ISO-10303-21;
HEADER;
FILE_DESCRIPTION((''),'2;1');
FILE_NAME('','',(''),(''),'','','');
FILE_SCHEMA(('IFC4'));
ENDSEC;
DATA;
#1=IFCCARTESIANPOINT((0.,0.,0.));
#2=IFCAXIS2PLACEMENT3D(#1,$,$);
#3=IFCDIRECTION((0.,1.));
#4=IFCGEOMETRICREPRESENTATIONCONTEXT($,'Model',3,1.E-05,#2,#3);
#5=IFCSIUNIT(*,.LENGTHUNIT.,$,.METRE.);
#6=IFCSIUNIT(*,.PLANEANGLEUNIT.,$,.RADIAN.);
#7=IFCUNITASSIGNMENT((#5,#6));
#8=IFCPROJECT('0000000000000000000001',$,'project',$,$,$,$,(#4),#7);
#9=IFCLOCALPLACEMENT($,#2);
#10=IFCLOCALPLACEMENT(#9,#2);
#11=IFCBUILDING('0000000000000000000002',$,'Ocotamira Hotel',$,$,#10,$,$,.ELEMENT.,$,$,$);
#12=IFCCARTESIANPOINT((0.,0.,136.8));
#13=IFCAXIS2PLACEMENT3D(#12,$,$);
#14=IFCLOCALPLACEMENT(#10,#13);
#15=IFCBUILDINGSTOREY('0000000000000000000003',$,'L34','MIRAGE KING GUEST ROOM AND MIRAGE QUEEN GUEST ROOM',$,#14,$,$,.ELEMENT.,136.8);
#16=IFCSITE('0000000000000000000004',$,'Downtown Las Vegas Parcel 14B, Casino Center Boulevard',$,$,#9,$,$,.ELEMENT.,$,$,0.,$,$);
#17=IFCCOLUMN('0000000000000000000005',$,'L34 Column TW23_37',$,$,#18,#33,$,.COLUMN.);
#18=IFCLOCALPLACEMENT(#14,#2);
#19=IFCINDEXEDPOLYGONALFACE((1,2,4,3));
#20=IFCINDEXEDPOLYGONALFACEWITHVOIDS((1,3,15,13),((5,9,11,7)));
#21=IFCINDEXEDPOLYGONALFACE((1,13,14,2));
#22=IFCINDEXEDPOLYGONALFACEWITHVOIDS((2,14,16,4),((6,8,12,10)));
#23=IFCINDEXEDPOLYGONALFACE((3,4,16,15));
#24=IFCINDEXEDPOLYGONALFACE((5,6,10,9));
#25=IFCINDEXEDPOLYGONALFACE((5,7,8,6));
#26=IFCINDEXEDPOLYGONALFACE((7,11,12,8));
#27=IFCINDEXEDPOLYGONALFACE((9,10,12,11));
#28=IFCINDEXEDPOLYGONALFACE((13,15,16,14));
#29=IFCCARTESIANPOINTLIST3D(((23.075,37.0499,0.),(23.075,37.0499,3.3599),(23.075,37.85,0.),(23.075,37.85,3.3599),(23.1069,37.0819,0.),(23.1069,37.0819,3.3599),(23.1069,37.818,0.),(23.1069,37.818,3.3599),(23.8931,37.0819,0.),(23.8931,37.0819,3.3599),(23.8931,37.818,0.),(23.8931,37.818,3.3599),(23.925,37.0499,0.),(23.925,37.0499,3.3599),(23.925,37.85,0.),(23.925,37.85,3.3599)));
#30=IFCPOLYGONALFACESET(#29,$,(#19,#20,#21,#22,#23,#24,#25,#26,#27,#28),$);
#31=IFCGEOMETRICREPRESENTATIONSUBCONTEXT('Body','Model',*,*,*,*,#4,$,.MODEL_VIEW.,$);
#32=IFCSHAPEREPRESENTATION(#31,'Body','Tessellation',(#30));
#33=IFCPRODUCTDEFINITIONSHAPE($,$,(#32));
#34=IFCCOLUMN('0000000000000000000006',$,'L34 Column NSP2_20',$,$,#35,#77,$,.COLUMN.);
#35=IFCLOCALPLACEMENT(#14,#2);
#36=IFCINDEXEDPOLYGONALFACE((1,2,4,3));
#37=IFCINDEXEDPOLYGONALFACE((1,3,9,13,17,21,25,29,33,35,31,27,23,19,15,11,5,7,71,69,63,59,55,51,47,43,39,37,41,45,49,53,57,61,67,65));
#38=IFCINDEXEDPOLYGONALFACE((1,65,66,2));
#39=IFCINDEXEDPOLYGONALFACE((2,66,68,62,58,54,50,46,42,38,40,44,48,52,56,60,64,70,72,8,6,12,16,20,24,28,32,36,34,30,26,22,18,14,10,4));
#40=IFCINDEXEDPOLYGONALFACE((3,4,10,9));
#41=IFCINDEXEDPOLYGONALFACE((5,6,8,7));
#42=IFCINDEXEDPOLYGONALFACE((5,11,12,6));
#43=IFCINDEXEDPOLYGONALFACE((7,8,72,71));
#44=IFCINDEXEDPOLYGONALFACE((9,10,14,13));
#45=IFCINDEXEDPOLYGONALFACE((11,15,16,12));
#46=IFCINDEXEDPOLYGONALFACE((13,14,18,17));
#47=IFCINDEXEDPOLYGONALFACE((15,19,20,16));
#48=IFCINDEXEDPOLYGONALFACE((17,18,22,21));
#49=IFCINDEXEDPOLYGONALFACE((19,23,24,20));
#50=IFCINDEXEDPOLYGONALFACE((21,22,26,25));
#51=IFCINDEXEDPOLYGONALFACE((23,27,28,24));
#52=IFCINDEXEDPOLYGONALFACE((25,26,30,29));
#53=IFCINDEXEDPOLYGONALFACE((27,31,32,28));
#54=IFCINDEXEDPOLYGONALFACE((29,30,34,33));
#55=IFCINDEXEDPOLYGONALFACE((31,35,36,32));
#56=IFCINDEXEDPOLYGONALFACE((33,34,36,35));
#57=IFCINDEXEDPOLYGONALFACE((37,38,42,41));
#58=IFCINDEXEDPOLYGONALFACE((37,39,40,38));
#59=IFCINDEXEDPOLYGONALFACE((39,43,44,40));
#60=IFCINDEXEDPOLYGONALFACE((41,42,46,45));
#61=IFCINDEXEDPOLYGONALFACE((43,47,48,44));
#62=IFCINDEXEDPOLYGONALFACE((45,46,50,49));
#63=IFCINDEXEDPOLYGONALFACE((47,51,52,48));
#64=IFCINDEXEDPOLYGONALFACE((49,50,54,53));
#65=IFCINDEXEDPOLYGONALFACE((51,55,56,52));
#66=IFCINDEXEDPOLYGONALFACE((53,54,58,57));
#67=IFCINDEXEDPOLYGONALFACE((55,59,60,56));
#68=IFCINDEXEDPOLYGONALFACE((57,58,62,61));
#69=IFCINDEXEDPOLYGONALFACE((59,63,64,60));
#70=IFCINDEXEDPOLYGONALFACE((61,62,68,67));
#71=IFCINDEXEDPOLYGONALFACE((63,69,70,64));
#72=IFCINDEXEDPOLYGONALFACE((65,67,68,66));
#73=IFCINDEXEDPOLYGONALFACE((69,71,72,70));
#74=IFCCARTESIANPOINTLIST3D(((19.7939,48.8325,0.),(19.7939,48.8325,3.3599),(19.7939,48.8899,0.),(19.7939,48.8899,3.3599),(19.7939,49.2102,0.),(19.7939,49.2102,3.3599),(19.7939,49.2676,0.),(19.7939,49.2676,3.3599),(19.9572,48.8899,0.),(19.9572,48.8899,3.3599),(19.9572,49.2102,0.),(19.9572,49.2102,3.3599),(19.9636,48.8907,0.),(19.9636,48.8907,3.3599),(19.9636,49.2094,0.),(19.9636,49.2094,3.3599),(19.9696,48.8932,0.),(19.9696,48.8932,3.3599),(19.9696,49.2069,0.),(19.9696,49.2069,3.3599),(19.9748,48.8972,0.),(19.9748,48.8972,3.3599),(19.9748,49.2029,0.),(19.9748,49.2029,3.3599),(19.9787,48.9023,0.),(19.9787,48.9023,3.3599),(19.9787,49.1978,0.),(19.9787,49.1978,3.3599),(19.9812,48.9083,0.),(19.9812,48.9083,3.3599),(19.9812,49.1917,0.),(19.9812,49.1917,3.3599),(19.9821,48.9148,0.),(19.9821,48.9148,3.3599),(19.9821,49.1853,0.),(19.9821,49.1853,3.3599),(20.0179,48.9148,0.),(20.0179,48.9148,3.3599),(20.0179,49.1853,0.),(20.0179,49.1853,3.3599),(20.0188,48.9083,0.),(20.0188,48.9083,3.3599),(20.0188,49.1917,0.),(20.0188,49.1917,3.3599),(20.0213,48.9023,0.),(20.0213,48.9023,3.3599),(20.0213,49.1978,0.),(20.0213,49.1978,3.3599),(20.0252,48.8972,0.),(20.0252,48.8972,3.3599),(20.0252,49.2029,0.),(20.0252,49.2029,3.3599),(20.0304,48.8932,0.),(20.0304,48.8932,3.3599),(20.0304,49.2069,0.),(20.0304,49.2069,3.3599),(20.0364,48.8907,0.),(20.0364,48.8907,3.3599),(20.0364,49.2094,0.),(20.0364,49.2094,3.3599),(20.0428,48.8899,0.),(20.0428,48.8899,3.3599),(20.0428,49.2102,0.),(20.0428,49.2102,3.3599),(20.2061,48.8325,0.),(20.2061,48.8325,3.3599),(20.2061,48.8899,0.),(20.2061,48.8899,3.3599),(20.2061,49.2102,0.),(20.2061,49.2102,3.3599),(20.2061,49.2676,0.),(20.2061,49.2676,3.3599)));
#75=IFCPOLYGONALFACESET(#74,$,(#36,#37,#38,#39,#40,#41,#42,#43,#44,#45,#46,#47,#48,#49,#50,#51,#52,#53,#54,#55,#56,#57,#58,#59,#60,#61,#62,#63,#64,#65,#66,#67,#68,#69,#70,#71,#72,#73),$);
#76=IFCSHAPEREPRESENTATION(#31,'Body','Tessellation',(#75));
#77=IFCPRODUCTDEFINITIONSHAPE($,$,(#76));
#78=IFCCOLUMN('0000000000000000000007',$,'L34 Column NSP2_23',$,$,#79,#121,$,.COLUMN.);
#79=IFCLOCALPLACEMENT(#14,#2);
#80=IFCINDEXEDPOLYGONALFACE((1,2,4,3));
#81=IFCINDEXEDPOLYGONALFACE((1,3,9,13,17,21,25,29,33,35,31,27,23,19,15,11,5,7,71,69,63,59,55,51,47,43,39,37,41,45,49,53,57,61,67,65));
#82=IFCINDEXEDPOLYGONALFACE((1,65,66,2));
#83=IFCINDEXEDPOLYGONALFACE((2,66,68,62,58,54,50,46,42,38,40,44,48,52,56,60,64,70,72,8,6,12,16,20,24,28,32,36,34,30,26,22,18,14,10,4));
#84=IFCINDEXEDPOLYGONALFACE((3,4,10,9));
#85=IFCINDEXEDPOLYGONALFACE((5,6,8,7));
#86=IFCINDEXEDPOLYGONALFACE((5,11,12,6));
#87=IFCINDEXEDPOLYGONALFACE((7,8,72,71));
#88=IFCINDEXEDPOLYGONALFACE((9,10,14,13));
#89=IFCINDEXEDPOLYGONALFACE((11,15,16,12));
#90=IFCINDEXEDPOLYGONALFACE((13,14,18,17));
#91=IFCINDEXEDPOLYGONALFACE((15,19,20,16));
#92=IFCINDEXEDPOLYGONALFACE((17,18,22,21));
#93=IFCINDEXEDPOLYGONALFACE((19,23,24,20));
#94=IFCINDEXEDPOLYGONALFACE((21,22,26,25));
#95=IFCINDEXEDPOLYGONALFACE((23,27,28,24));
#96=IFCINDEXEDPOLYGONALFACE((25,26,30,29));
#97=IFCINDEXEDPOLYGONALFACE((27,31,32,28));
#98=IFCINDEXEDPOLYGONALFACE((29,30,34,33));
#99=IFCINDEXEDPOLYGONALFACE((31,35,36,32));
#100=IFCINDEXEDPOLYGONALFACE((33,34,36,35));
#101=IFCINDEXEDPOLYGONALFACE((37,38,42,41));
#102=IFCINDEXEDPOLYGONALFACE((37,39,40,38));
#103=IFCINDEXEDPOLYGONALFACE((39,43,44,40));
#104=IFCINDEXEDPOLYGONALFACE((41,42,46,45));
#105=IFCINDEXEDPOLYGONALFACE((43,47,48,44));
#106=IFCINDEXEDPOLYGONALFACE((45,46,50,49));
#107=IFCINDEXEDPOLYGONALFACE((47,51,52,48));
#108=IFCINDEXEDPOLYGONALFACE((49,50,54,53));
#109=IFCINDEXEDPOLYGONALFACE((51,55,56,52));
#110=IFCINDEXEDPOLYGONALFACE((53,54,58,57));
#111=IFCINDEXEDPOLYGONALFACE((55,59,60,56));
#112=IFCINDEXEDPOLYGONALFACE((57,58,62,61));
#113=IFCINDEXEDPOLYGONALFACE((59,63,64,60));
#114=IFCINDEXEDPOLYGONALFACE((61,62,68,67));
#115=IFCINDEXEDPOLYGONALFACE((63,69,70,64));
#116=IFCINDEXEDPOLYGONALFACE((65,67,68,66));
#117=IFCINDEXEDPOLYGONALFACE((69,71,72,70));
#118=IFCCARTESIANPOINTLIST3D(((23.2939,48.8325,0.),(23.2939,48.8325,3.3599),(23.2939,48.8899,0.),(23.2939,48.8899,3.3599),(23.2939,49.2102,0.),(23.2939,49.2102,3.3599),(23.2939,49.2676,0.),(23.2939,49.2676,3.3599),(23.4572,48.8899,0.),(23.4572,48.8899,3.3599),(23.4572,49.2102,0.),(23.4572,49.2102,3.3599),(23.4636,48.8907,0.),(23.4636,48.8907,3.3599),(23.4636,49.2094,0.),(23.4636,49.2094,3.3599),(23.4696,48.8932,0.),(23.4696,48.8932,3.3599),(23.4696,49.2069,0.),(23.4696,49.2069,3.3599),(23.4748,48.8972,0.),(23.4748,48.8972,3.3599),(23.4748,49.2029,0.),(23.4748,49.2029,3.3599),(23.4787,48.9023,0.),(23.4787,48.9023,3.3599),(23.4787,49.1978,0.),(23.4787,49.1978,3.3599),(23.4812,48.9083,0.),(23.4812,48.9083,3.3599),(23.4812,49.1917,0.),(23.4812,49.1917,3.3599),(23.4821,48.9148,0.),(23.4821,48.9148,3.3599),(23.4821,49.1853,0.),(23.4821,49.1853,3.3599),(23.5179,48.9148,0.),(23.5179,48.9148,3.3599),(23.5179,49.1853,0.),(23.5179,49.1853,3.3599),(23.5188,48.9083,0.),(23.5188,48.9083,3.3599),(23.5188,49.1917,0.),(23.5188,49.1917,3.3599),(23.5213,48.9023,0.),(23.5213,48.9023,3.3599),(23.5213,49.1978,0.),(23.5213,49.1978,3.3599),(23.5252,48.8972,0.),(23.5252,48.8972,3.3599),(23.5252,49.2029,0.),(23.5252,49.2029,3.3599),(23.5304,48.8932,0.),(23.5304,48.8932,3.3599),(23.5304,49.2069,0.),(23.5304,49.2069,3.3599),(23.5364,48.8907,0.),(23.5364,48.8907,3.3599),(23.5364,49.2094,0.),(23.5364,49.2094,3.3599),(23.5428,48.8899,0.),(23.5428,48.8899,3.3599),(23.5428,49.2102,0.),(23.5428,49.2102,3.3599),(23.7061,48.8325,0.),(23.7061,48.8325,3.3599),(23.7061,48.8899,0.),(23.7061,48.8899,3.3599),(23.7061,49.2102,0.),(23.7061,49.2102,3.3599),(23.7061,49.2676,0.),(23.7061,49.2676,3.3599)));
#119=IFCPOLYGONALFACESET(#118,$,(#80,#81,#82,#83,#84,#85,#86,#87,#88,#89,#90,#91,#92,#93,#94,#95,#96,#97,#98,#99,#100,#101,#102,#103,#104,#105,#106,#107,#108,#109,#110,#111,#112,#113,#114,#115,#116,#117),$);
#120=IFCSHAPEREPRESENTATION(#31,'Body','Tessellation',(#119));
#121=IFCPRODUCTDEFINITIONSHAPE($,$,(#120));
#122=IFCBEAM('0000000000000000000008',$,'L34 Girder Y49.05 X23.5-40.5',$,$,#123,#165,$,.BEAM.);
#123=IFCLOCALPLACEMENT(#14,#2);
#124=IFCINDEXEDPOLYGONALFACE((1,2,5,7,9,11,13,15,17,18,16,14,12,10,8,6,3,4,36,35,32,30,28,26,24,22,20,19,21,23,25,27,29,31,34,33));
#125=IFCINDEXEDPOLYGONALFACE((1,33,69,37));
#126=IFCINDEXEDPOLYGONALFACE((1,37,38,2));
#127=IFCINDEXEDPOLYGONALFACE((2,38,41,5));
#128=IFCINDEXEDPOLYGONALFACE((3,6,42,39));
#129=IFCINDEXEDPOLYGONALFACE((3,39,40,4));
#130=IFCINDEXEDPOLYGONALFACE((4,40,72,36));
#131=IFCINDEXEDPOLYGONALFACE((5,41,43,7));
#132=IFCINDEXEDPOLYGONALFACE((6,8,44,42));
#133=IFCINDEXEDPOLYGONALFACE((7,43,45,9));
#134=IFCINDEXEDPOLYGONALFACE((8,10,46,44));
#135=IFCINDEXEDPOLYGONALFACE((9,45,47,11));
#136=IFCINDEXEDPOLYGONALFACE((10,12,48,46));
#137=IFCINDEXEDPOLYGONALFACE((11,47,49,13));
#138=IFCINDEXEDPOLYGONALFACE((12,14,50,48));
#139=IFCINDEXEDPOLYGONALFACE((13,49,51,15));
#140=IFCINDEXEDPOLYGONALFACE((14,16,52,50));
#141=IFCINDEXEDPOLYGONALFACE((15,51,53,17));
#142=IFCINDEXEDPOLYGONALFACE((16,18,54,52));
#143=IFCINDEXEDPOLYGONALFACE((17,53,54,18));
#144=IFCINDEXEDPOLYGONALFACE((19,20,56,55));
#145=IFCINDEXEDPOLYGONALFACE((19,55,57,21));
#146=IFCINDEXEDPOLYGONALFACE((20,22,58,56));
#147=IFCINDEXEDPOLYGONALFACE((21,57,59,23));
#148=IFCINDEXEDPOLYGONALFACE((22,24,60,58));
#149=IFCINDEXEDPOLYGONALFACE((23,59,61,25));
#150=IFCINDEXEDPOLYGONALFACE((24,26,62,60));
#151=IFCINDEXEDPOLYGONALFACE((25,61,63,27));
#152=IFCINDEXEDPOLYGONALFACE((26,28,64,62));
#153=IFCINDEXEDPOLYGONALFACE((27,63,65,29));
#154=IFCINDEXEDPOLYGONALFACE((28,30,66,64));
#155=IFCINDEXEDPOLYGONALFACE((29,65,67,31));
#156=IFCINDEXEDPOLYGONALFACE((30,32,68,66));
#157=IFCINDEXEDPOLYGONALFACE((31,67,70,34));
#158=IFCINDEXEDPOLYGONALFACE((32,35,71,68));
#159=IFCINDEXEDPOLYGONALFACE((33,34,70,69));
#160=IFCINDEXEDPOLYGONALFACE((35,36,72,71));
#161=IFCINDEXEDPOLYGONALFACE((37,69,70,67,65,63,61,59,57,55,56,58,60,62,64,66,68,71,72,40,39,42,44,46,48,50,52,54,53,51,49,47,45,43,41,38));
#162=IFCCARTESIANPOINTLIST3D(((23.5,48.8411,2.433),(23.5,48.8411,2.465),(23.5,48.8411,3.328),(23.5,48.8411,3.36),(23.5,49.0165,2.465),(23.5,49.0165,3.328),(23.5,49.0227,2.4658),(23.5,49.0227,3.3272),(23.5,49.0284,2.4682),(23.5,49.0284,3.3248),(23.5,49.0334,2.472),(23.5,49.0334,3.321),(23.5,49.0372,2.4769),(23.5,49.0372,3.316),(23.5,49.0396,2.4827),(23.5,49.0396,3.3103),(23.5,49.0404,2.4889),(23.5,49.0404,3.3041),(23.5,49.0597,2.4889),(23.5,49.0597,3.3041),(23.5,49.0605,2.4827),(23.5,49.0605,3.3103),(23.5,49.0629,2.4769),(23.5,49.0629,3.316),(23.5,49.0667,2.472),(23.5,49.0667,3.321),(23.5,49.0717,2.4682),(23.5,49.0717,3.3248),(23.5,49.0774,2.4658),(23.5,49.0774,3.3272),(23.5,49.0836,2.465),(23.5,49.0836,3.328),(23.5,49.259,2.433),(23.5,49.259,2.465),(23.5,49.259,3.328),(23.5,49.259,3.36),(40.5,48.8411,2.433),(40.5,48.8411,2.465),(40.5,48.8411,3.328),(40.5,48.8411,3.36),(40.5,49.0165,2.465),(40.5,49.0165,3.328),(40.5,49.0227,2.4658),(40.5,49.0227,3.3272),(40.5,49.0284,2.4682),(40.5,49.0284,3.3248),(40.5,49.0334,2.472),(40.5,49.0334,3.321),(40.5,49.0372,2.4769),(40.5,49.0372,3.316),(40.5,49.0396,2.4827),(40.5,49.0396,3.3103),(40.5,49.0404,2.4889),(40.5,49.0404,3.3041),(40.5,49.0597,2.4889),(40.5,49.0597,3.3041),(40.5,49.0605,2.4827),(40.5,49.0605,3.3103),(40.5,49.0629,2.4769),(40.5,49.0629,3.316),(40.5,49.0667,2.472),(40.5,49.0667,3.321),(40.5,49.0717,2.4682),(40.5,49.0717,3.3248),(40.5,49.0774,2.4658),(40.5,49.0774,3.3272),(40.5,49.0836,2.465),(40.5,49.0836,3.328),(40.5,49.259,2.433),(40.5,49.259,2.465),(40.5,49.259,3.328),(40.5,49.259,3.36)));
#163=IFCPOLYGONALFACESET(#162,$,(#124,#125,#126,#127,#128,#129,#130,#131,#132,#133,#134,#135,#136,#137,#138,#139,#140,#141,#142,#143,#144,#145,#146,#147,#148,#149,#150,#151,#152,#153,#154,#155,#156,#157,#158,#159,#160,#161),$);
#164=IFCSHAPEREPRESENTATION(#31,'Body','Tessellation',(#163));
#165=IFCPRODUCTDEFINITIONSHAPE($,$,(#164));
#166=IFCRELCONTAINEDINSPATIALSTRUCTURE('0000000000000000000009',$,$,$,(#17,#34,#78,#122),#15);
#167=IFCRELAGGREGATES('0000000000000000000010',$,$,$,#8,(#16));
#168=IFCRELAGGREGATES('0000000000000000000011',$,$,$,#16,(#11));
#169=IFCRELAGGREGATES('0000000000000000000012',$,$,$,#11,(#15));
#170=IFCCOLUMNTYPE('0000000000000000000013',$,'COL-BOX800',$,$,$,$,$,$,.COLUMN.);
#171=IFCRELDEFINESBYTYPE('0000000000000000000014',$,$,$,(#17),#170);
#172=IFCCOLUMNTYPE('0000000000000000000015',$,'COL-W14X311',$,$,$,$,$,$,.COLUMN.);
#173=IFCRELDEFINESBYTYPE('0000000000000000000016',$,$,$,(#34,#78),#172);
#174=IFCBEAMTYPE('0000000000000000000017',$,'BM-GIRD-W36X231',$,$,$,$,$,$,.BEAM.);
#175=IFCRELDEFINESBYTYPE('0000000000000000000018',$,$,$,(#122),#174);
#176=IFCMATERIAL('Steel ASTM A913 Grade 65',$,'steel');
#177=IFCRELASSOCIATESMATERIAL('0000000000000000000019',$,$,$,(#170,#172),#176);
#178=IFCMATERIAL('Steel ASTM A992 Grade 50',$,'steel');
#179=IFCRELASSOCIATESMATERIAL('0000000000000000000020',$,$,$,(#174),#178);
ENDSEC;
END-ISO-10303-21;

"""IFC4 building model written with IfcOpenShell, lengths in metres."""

from ifc_helpers import new_model, si_unit, direction, frame, origin, origin_2d, place, context, subcontext, project, spatial, hollow_rectangle, i_section, extrude, source, transform, mapped, material, material_profile, profile_set, type_object, element, save


model = new_model("IFC4")

# Units and contexts
model_context = context("Model", 3, precision=1e-05, world=origin(), true_north=direction((0.0, 1.0)))
body_context = subcontext(model_context, "Body", "Model", "MODEL_VIEW")
ifc_project = project(units=[si_unit("LENGTHUNIT", "METRE"), si_unit("PLANEANGLEUNIT", "RADIAN")], contexts=[model_context])

# Site, building, storey
site_placement = place(None, origin())
site = spatial("IfcSite", under=ifc_project, at=site_placement, Name="Downtown Las Vegas Parcel 14B, Casino Center Boulevard", CompositionType="ELEMENT", RefElevation=0.0)
building_placement = place(site_placement, origin())
building = spatial("IfcBuilding", under=site, at=building_placement, Name="Ocotamira Hotel", CompositionType="ELEMENT")
storey_placement = place(building_placement, frame((0.0, 0.0, 136.8)))
storey = spatial("IfcBuildingStorey", under=building, at=storey_placement, Name="L34", Description="MIRAGE KING GUEST ROOM AND MIRAGE QUEEN GUEST ROOM", CompositionType="ELEMENT", Elevation=136.8)

# Columns
ifc_material_1 = material(Name="Steel ASTM A913 Grade 65", Category="steel")
ifc_material_profile_1 = material_profile(ifc_material_1, hollow_rectangle(XDim=0.8501, YDim=0.8, WallThickness=0.032, at=origin_2d()), Name="BOX800X850X32")
ifc_profile_set_1 = profile_set([ifc_material_profile_1], Name="Steel ASTM A913 Grade 65")
column_type_1 = type_object("IfcColumnType", Name="COL-BOX800", PredefinedType="COLUMN", material=ifc_profile_set_1)
shared_shape_1 = source(origin(), body_context, "Body", "SweptSolid", [
    extrude(hollow_rectangle(XDim=0.8501, YDim=0.8, WallThickness=0.032, at=origin_2d()), origin(), (0.0, 0.0, 1.0), 3.3599),
])
column_placement = place(storey_placement, frame((23.5, 37.45, 0.0), z_axis=(0.0, 0.0, 1.0), x_axis=(1.0, 0.0, 0.0)))
element("IfcColumn", 1, at=column_placement, inside=storey, type_object=column_type_1, Name="L34 Column TW23_37", PredefinedType="COLUMN", context=body_context, shape_type="MappedRepresentation", body=[
    mapped(shared_shape_1, transform((0.0, 0.0, 0.0), scale=1.0)),
])
ifc_material_profile_2 = material_profile(ifc_material_1, i_section(OverallWidth=0.4121, OverallDepth=0.4351, WebThickness=0.0359, FlangeThickness=0.0574, FilletRadius=0.0249, at=origin_2d()), Name="W14X311")
ifc_profile_set_2 = profile_set([ifc_material_profile_2], Name="Steel ASTM A913 Grade 65")
column_type_2 = type_object("IfcColumnType", Name="COL-W14X311", PredefinedType="COLUMN", material=ifc_profile_set_2)
shared_shape_2 = source(origin(), body_context, "Body", "SweptSolid", [
    extrude(i_section(OverallWidth=0.4121, OverallDepth=0.4351, WebThickness=0.0359, FlangeThickness=0.0574, FilletRadius=0.0249, at=origin_2d()), origin(), (0.0, 0.0, 1.0), 3.3599),
])
for number, where, z_axis, x_axis, name in (
    (2, (20.0, 49.05, 0.0), (0.0, 0.0, 1.0), (1.0, 0.0, 0.0), "L34 Column NSP2_20"),
    (3, (23.5, 49.05, 0.0), (0.0, 0.0, 1.0), (1.0, 0.0, 0.0), "L34 Column NSP2_23"),
):
    element("IfcColumn", number, at=place(storey_placement, frame(where, z_axis=z_axis, x_axis=x_axis)), inside=storey, type_object=column_type_2, Name=name, PredefinedType="COLUMN", context=body_context, shape_type="MappedRepresentation", body=[
        mapped(shared_shape_2, transform((0.0, 0.0, 0.0), scale=1.0)),
    ])

# Beam
ifc_material_2 = material(Name="Steel ASTM A992 Grade 50", Category="steel")
ifc_material_profile_3 = material_profile(ifc_material_2, i_section(OverallWidth=0.418, OverallDepth=0.927, WebThickness=0.0193, FlangeThickness=0.032, FilletRadius=0.0239, at=origin_2d()), Name="W36X231")
ifc_profile_set_3 = profile_set([ifc_material_profile_3], Name="Steel ASTM A992 Grade 50")
beam_type_1 = type_object("IfcBeamType", Name="BM-GIRD-W36X231", PredefinedType="BEAM", material=ifc_profile_set_3)
shared_shape_3 = source(origin(), body_context, "Body", "SweptSolid", [
    extrude(i_section(OverallWidth=0.418, OverallDepth=0.927, WebThickness=0.0193, FlangeThickness=0.032, FilletRadius=0.0239, at=origin_2d()), origin(), (0.0, 0.0, 1.0), 17.0),
])
beam_1_placement = place(storey_placement, frame((23.5, 49.05, 2.8965), z_axis=(1.0, 0.0, 0.0), x_axis=(0.0, 1.0, 0.0)))
element("IfcBeam", 4, at=beam_1_placement, inside=storey, type_object=beam_type_1, Name="L34 Girder Y49.05 X23.5-40.5", PredefinedType="BEAM", context=body_context, shape_type="MappedRepresentation", body=[
    mapped(shared_shape_3, transform((0.0, 0.0, 0.0), scale=1.0)),
])

save(model, "model.ifc")
